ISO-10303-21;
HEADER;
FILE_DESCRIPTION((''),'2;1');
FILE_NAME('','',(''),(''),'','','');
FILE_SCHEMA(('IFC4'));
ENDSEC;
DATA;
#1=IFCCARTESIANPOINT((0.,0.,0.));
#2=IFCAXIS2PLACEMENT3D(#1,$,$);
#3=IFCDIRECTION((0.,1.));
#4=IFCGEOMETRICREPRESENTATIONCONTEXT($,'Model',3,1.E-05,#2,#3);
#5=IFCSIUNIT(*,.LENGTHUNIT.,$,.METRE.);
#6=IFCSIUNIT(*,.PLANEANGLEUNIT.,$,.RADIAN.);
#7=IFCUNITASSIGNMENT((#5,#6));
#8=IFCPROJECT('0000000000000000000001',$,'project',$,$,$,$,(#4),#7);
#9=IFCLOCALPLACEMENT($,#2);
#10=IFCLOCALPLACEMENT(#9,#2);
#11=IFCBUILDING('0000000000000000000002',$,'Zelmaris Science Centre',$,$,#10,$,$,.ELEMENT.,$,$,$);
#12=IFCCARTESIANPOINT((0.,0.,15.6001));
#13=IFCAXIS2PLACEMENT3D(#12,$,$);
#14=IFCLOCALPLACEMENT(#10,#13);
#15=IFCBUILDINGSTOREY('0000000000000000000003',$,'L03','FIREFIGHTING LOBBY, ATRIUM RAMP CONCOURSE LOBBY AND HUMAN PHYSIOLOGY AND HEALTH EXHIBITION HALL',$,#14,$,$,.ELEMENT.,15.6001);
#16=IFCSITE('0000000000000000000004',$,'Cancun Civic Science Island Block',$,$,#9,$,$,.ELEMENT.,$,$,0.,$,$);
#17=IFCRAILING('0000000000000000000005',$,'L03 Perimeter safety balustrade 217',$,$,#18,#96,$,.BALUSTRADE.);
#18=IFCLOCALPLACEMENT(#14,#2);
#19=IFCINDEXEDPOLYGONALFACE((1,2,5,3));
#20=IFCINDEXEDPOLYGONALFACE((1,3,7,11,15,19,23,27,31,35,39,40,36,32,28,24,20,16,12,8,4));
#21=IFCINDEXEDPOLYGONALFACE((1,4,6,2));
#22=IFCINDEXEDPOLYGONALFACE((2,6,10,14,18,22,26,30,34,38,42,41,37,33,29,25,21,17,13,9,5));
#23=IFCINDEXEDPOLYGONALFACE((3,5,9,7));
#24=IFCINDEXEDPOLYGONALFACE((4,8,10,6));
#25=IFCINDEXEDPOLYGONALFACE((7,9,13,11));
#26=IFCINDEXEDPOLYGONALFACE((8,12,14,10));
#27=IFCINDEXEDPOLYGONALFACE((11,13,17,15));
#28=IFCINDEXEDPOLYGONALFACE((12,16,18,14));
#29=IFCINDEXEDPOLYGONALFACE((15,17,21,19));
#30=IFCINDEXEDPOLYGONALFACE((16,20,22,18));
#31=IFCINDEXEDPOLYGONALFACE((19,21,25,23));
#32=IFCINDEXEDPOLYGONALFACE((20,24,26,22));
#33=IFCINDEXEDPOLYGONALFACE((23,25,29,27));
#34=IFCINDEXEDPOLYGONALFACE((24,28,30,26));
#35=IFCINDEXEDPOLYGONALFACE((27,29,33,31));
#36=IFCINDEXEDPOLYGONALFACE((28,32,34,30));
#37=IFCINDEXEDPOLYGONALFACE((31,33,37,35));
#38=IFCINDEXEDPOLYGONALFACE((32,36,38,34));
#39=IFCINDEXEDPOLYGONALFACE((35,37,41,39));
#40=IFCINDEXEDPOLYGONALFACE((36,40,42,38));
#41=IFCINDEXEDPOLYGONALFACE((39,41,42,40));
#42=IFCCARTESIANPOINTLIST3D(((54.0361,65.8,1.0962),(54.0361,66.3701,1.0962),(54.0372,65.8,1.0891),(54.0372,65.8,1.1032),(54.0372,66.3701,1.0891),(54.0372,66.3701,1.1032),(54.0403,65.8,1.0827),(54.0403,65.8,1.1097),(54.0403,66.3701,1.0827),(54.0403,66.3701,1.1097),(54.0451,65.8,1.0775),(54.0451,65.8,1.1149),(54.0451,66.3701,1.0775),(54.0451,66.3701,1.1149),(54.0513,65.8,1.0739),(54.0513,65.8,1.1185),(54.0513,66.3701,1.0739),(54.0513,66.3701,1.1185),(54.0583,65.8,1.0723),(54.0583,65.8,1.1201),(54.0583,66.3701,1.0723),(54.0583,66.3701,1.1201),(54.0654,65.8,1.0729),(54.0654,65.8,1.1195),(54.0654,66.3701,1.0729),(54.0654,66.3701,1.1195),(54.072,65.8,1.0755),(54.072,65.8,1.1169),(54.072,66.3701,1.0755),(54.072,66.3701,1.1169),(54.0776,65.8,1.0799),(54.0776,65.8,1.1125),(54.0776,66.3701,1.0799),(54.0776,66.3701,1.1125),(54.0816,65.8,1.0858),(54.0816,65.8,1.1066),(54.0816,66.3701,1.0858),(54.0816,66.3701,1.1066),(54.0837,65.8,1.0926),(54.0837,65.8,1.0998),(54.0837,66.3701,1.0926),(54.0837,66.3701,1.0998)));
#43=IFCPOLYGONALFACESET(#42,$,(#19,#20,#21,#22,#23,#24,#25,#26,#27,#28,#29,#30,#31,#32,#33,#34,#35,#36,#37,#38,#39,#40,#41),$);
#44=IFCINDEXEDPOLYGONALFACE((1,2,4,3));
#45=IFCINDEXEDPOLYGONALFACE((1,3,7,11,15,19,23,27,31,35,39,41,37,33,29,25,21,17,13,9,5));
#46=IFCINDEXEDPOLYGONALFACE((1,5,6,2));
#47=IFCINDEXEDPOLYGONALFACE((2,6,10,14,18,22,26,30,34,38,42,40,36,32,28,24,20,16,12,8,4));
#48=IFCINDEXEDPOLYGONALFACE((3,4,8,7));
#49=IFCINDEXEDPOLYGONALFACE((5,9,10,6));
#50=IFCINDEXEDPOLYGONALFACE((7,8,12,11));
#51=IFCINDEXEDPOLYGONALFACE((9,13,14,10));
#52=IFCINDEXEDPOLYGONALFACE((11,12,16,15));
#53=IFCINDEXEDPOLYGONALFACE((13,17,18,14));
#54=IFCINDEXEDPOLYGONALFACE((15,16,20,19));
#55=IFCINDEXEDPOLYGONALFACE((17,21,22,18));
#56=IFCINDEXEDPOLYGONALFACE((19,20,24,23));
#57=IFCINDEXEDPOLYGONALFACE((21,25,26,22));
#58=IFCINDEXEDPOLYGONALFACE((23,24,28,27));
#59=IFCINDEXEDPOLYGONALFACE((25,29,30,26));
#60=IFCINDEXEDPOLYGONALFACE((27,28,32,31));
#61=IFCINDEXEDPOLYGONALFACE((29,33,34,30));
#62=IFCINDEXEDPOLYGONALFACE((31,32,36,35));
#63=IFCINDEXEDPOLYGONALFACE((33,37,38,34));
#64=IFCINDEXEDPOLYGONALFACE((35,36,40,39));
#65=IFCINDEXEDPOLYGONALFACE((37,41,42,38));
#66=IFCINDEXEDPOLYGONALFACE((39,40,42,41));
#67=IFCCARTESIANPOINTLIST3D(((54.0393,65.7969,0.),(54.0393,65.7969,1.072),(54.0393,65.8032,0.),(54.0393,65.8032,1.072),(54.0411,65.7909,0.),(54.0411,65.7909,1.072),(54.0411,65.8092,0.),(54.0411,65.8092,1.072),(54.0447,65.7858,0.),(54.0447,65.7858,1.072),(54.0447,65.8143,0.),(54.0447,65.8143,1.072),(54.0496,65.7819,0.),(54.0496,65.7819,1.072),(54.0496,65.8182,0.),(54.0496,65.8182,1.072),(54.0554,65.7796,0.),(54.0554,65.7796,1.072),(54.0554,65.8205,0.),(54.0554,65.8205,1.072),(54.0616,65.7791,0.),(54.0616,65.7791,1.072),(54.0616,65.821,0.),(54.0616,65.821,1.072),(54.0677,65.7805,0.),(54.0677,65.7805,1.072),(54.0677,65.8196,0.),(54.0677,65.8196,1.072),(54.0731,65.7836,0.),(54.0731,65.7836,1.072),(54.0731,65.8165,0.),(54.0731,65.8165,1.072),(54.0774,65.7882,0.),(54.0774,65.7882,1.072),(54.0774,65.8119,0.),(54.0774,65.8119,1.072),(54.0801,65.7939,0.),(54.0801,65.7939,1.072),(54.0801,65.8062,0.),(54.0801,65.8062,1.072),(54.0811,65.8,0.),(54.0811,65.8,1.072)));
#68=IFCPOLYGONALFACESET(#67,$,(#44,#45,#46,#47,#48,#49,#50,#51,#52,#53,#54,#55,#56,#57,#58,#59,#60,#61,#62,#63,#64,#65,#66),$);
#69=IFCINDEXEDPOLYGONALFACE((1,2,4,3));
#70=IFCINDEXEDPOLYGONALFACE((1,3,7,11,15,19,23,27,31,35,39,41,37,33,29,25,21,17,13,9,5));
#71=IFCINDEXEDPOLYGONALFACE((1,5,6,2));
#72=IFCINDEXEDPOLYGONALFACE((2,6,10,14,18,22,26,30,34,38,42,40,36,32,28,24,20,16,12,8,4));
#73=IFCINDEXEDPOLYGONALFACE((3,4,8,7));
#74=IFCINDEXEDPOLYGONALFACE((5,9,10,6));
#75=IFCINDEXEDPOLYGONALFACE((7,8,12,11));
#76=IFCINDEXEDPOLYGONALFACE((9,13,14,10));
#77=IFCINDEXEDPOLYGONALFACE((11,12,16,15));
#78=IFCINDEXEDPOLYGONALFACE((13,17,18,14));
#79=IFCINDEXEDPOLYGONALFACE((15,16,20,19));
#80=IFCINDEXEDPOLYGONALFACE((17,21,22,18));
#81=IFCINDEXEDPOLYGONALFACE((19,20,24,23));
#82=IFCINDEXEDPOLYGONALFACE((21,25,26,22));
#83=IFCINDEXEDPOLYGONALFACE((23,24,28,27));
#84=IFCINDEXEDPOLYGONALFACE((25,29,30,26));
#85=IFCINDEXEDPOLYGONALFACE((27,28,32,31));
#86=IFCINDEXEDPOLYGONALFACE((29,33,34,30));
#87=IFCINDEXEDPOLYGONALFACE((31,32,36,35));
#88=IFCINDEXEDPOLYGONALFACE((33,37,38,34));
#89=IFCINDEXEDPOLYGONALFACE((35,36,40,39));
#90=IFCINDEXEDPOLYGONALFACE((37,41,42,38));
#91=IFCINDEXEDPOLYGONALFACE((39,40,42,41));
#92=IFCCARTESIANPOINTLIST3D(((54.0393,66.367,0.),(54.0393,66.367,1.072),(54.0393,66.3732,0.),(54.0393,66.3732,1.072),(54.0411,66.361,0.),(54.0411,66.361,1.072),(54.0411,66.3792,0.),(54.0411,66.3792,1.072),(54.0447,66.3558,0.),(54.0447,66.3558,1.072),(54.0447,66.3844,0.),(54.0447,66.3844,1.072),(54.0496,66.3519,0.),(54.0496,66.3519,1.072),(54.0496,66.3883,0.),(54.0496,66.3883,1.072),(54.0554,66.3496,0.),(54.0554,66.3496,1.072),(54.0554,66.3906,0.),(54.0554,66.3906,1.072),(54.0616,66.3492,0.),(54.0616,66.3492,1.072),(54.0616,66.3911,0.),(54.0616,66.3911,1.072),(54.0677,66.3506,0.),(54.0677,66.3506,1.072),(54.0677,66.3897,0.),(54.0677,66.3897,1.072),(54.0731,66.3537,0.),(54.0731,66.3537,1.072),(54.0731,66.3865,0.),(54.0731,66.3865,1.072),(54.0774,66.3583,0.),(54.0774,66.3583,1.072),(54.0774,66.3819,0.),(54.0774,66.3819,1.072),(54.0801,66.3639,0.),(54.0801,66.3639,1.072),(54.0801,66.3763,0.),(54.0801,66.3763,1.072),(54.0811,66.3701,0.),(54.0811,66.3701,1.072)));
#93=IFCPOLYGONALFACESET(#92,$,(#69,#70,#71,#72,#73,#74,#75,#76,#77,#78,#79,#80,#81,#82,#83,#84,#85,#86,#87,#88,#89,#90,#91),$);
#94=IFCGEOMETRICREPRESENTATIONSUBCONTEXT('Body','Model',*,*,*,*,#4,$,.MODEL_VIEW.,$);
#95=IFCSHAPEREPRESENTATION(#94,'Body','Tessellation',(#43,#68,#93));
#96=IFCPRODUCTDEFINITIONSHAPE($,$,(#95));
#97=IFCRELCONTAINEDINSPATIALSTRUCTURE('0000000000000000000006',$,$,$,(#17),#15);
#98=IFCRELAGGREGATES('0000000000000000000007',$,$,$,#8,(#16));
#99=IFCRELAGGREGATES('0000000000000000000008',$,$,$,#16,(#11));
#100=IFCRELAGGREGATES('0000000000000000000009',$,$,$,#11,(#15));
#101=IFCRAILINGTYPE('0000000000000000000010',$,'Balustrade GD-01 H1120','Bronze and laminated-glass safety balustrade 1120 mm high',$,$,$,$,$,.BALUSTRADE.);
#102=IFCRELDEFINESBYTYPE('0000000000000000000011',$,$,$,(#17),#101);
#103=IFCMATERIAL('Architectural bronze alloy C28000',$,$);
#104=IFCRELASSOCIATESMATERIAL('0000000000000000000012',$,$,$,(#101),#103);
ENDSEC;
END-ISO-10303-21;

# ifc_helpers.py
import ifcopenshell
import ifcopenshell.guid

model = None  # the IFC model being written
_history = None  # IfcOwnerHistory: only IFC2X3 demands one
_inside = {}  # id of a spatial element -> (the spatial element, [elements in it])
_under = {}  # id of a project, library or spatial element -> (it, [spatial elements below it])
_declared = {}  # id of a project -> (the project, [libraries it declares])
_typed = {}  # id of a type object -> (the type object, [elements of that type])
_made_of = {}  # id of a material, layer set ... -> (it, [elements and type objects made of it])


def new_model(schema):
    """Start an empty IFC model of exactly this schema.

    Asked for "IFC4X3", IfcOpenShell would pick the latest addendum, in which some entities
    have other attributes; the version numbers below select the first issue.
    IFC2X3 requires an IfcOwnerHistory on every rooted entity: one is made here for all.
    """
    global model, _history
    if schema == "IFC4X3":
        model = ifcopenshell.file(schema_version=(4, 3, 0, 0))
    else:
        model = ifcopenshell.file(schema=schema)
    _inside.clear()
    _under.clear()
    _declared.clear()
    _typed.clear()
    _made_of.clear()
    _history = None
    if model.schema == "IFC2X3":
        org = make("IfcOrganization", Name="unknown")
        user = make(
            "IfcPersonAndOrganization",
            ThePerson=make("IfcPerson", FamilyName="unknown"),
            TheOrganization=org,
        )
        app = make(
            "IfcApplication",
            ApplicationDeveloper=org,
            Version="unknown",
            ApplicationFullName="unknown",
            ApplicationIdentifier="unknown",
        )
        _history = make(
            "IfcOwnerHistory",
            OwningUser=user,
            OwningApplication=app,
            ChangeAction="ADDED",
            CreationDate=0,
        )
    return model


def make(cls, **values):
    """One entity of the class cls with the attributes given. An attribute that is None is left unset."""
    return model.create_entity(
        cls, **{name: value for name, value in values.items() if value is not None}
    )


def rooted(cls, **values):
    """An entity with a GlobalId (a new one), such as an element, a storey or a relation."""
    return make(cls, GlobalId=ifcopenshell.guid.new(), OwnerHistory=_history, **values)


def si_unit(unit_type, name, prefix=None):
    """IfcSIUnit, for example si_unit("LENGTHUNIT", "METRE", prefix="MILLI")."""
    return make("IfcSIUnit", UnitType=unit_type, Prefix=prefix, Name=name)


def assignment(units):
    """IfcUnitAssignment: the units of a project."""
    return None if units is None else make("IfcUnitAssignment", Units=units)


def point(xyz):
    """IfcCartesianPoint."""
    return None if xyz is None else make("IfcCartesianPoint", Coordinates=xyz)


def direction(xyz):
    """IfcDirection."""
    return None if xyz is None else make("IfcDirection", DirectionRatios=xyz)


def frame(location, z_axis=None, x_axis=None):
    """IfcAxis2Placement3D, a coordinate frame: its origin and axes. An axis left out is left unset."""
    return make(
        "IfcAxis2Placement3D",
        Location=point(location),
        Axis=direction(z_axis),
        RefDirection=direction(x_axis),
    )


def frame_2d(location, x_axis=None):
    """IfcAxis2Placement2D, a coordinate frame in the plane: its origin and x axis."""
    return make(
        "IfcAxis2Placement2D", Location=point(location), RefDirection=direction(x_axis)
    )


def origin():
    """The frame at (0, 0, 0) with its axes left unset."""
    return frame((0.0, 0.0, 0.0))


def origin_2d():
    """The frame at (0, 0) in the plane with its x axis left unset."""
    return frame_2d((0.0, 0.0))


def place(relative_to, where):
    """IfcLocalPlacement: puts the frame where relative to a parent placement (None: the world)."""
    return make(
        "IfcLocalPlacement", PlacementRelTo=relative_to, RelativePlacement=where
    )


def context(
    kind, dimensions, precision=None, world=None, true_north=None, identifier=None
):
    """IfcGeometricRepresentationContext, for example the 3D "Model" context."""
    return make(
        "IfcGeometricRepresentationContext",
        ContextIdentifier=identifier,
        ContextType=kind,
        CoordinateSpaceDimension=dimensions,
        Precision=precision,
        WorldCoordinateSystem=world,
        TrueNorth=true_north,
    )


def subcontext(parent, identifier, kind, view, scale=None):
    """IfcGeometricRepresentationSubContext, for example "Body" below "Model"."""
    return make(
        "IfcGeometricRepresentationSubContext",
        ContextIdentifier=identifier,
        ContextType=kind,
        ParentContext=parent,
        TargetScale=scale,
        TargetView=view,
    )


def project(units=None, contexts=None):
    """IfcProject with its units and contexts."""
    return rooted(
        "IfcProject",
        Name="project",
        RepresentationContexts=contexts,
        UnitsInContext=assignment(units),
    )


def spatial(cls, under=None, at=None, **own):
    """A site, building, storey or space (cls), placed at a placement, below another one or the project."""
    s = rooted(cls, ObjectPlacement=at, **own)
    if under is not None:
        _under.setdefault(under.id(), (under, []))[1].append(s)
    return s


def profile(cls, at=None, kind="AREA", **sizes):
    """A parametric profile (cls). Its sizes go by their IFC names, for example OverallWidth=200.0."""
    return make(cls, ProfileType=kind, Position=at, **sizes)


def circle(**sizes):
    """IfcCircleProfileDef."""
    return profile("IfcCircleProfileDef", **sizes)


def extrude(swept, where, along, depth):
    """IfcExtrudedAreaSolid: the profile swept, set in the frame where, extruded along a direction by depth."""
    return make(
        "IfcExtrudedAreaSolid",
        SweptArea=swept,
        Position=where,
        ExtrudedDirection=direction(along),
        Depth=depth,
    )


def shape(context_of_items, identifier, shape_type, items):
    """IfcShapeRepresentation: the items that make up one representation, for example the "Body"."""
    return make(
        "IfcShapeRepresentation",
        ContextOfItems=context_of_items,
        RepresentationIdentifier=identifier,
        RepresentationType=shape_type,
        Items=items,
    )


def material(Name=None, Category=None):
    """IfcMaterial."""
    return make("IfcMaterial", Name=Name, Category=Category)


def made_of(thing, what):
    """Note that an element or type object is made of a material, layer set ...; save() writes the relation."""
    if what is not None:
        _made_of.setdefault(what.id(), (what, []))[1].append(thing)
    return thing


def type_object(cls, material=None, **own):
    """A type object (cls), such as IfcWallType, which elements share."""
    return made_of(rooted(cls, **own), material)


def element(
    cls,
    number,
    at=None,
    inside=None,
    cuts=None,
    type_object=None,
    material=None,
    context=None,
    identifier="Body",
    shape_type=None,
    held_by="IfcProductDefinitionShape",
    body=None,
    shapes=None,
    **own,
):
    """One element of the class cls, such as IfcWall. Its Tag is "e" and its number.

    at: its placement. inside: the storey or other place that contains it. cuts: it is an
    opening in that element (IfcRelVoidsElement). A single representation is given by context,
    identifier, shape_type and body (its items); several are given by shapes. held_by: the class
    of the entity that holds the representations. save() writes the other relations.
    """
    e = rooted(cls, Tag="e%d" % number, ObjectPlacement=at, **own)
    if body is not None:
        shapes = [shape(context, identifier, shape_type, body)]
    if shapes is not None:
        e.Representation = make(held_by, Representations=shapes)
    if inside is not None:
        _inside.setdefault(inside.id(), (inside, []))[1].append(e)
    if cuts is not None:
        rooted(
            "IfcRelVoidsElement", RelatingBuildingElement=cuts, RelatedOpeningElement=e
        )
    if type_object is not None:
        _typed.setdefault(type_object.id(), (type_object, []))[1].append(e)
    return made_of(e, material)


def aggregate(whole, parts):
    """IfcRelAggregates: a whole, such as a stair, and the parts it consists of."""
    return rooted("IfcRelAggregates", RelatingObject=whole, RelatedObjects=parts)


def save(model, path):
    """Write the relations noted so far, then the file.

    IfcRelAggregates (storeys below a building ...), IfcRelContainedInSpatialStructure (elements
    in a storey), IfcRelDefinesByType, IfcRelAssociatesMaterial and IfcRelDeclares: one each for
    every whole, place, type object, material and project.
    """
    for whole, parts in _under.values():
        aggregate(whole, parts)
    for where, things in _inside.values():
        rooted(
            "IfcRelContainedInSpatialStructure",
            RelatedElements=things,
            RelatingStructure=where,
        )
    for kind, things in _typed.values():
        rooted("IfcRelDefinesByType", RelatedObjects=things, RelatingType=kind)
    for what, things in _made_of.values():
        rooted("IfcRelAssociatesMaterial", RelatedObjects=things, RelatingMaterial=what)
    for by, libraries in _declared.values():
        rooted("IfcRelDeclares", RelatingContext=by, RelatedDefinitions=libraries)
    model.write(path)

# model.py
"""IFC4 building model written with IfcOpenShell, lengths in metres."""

from ifc_helpers import new_model, si_unit, direction, frame, origin, origin_2d, place, context, subcontext, project, spatial, circle, extrude, material, type_object, element, save


model = new_model("IFC4")

# Units and contexts
model_context = context("Model", 3, precision=1e-05, world=origin(), true_north=direction((0.0, 1.0)))
body_context = subcontext(model_context, "Body", "Model", "MODEL_VIEW")
ifc_project = project(units=[si_unit("LENGTHUNIT", "METRE"), si_unit("PLANEANGLEUNIT", "RADIAN")], contexts=[model_context])

# Site, building, storey
site_placement = place(None, origin())
site = spatial("IfcSite", under=ifc_project, at=site_placement, Name="Cancun Civic Science Island Block", CompositionType="ELEMENT", RefElevation=0.0)
building_placement = place(site_placement, origin())
building = spatial("IfcBuilding", under=site, at=building_placement, Name="Zelmaris Science Centre", CompositionType="ELEMENT")
storey_placement = place(building_placement, frame((0.0, 0.0, 15.6001)))
storey = spatial("IfcBuildingStorey", under=building, at=storey_placement, Name="L03", Description="FIREFIGHTING LOBBY, ATRIUM RAMP CONCOURSE LOBBY AND HUMAN PHYSIOLOGY AND HEALTH EXHIBITION HALL", CompositionType="ELEMENT", Elevation=15.6001)

# Railing
ifc_material_1 = material(Name="Architectural bronze alloy C28000")
railing_type = type_object("IfcRailingType", Name="Balustrade GD-01 H1120", Description="Bronze and laminated-glass safety balustrade 1120 mm high", PredefinedType="BALUSTRADE", material=ifc_material_1)
railing_placement = place(storey_placement, frame((54.0601, 65.8, 0.0)))
element("IfcRailing", 1, at=railing_placement, inside=storey, type_object=railing_type, Name="L03 Perimeter safety balustrade 217", PredefinedType="BALUSTRADE", context=body_context, shape_type="SweptSolid", body=[
    extrude(circle(Radius=0.0239, at=origin_2d()), frame((0.0, 0.0, 1.0962), z_axis=(0.0, 1.0, 0.0), x_axis=(-1.0, 0.0, 0.0)), (0.0, 0.0, 1.0), 0.5701),
    extrude(circle(Radius=0.021, at=origin_2d()), origin(), (0.0, 0.0, 1.0), 1.072),
    extrude(circle(Radius=0.021, at=origin_2d()), frame((0.0, 0.5701, 0.0)), (0.0, 0.0, 1.0), 1.072),
])

save(model, "model.ifc")
